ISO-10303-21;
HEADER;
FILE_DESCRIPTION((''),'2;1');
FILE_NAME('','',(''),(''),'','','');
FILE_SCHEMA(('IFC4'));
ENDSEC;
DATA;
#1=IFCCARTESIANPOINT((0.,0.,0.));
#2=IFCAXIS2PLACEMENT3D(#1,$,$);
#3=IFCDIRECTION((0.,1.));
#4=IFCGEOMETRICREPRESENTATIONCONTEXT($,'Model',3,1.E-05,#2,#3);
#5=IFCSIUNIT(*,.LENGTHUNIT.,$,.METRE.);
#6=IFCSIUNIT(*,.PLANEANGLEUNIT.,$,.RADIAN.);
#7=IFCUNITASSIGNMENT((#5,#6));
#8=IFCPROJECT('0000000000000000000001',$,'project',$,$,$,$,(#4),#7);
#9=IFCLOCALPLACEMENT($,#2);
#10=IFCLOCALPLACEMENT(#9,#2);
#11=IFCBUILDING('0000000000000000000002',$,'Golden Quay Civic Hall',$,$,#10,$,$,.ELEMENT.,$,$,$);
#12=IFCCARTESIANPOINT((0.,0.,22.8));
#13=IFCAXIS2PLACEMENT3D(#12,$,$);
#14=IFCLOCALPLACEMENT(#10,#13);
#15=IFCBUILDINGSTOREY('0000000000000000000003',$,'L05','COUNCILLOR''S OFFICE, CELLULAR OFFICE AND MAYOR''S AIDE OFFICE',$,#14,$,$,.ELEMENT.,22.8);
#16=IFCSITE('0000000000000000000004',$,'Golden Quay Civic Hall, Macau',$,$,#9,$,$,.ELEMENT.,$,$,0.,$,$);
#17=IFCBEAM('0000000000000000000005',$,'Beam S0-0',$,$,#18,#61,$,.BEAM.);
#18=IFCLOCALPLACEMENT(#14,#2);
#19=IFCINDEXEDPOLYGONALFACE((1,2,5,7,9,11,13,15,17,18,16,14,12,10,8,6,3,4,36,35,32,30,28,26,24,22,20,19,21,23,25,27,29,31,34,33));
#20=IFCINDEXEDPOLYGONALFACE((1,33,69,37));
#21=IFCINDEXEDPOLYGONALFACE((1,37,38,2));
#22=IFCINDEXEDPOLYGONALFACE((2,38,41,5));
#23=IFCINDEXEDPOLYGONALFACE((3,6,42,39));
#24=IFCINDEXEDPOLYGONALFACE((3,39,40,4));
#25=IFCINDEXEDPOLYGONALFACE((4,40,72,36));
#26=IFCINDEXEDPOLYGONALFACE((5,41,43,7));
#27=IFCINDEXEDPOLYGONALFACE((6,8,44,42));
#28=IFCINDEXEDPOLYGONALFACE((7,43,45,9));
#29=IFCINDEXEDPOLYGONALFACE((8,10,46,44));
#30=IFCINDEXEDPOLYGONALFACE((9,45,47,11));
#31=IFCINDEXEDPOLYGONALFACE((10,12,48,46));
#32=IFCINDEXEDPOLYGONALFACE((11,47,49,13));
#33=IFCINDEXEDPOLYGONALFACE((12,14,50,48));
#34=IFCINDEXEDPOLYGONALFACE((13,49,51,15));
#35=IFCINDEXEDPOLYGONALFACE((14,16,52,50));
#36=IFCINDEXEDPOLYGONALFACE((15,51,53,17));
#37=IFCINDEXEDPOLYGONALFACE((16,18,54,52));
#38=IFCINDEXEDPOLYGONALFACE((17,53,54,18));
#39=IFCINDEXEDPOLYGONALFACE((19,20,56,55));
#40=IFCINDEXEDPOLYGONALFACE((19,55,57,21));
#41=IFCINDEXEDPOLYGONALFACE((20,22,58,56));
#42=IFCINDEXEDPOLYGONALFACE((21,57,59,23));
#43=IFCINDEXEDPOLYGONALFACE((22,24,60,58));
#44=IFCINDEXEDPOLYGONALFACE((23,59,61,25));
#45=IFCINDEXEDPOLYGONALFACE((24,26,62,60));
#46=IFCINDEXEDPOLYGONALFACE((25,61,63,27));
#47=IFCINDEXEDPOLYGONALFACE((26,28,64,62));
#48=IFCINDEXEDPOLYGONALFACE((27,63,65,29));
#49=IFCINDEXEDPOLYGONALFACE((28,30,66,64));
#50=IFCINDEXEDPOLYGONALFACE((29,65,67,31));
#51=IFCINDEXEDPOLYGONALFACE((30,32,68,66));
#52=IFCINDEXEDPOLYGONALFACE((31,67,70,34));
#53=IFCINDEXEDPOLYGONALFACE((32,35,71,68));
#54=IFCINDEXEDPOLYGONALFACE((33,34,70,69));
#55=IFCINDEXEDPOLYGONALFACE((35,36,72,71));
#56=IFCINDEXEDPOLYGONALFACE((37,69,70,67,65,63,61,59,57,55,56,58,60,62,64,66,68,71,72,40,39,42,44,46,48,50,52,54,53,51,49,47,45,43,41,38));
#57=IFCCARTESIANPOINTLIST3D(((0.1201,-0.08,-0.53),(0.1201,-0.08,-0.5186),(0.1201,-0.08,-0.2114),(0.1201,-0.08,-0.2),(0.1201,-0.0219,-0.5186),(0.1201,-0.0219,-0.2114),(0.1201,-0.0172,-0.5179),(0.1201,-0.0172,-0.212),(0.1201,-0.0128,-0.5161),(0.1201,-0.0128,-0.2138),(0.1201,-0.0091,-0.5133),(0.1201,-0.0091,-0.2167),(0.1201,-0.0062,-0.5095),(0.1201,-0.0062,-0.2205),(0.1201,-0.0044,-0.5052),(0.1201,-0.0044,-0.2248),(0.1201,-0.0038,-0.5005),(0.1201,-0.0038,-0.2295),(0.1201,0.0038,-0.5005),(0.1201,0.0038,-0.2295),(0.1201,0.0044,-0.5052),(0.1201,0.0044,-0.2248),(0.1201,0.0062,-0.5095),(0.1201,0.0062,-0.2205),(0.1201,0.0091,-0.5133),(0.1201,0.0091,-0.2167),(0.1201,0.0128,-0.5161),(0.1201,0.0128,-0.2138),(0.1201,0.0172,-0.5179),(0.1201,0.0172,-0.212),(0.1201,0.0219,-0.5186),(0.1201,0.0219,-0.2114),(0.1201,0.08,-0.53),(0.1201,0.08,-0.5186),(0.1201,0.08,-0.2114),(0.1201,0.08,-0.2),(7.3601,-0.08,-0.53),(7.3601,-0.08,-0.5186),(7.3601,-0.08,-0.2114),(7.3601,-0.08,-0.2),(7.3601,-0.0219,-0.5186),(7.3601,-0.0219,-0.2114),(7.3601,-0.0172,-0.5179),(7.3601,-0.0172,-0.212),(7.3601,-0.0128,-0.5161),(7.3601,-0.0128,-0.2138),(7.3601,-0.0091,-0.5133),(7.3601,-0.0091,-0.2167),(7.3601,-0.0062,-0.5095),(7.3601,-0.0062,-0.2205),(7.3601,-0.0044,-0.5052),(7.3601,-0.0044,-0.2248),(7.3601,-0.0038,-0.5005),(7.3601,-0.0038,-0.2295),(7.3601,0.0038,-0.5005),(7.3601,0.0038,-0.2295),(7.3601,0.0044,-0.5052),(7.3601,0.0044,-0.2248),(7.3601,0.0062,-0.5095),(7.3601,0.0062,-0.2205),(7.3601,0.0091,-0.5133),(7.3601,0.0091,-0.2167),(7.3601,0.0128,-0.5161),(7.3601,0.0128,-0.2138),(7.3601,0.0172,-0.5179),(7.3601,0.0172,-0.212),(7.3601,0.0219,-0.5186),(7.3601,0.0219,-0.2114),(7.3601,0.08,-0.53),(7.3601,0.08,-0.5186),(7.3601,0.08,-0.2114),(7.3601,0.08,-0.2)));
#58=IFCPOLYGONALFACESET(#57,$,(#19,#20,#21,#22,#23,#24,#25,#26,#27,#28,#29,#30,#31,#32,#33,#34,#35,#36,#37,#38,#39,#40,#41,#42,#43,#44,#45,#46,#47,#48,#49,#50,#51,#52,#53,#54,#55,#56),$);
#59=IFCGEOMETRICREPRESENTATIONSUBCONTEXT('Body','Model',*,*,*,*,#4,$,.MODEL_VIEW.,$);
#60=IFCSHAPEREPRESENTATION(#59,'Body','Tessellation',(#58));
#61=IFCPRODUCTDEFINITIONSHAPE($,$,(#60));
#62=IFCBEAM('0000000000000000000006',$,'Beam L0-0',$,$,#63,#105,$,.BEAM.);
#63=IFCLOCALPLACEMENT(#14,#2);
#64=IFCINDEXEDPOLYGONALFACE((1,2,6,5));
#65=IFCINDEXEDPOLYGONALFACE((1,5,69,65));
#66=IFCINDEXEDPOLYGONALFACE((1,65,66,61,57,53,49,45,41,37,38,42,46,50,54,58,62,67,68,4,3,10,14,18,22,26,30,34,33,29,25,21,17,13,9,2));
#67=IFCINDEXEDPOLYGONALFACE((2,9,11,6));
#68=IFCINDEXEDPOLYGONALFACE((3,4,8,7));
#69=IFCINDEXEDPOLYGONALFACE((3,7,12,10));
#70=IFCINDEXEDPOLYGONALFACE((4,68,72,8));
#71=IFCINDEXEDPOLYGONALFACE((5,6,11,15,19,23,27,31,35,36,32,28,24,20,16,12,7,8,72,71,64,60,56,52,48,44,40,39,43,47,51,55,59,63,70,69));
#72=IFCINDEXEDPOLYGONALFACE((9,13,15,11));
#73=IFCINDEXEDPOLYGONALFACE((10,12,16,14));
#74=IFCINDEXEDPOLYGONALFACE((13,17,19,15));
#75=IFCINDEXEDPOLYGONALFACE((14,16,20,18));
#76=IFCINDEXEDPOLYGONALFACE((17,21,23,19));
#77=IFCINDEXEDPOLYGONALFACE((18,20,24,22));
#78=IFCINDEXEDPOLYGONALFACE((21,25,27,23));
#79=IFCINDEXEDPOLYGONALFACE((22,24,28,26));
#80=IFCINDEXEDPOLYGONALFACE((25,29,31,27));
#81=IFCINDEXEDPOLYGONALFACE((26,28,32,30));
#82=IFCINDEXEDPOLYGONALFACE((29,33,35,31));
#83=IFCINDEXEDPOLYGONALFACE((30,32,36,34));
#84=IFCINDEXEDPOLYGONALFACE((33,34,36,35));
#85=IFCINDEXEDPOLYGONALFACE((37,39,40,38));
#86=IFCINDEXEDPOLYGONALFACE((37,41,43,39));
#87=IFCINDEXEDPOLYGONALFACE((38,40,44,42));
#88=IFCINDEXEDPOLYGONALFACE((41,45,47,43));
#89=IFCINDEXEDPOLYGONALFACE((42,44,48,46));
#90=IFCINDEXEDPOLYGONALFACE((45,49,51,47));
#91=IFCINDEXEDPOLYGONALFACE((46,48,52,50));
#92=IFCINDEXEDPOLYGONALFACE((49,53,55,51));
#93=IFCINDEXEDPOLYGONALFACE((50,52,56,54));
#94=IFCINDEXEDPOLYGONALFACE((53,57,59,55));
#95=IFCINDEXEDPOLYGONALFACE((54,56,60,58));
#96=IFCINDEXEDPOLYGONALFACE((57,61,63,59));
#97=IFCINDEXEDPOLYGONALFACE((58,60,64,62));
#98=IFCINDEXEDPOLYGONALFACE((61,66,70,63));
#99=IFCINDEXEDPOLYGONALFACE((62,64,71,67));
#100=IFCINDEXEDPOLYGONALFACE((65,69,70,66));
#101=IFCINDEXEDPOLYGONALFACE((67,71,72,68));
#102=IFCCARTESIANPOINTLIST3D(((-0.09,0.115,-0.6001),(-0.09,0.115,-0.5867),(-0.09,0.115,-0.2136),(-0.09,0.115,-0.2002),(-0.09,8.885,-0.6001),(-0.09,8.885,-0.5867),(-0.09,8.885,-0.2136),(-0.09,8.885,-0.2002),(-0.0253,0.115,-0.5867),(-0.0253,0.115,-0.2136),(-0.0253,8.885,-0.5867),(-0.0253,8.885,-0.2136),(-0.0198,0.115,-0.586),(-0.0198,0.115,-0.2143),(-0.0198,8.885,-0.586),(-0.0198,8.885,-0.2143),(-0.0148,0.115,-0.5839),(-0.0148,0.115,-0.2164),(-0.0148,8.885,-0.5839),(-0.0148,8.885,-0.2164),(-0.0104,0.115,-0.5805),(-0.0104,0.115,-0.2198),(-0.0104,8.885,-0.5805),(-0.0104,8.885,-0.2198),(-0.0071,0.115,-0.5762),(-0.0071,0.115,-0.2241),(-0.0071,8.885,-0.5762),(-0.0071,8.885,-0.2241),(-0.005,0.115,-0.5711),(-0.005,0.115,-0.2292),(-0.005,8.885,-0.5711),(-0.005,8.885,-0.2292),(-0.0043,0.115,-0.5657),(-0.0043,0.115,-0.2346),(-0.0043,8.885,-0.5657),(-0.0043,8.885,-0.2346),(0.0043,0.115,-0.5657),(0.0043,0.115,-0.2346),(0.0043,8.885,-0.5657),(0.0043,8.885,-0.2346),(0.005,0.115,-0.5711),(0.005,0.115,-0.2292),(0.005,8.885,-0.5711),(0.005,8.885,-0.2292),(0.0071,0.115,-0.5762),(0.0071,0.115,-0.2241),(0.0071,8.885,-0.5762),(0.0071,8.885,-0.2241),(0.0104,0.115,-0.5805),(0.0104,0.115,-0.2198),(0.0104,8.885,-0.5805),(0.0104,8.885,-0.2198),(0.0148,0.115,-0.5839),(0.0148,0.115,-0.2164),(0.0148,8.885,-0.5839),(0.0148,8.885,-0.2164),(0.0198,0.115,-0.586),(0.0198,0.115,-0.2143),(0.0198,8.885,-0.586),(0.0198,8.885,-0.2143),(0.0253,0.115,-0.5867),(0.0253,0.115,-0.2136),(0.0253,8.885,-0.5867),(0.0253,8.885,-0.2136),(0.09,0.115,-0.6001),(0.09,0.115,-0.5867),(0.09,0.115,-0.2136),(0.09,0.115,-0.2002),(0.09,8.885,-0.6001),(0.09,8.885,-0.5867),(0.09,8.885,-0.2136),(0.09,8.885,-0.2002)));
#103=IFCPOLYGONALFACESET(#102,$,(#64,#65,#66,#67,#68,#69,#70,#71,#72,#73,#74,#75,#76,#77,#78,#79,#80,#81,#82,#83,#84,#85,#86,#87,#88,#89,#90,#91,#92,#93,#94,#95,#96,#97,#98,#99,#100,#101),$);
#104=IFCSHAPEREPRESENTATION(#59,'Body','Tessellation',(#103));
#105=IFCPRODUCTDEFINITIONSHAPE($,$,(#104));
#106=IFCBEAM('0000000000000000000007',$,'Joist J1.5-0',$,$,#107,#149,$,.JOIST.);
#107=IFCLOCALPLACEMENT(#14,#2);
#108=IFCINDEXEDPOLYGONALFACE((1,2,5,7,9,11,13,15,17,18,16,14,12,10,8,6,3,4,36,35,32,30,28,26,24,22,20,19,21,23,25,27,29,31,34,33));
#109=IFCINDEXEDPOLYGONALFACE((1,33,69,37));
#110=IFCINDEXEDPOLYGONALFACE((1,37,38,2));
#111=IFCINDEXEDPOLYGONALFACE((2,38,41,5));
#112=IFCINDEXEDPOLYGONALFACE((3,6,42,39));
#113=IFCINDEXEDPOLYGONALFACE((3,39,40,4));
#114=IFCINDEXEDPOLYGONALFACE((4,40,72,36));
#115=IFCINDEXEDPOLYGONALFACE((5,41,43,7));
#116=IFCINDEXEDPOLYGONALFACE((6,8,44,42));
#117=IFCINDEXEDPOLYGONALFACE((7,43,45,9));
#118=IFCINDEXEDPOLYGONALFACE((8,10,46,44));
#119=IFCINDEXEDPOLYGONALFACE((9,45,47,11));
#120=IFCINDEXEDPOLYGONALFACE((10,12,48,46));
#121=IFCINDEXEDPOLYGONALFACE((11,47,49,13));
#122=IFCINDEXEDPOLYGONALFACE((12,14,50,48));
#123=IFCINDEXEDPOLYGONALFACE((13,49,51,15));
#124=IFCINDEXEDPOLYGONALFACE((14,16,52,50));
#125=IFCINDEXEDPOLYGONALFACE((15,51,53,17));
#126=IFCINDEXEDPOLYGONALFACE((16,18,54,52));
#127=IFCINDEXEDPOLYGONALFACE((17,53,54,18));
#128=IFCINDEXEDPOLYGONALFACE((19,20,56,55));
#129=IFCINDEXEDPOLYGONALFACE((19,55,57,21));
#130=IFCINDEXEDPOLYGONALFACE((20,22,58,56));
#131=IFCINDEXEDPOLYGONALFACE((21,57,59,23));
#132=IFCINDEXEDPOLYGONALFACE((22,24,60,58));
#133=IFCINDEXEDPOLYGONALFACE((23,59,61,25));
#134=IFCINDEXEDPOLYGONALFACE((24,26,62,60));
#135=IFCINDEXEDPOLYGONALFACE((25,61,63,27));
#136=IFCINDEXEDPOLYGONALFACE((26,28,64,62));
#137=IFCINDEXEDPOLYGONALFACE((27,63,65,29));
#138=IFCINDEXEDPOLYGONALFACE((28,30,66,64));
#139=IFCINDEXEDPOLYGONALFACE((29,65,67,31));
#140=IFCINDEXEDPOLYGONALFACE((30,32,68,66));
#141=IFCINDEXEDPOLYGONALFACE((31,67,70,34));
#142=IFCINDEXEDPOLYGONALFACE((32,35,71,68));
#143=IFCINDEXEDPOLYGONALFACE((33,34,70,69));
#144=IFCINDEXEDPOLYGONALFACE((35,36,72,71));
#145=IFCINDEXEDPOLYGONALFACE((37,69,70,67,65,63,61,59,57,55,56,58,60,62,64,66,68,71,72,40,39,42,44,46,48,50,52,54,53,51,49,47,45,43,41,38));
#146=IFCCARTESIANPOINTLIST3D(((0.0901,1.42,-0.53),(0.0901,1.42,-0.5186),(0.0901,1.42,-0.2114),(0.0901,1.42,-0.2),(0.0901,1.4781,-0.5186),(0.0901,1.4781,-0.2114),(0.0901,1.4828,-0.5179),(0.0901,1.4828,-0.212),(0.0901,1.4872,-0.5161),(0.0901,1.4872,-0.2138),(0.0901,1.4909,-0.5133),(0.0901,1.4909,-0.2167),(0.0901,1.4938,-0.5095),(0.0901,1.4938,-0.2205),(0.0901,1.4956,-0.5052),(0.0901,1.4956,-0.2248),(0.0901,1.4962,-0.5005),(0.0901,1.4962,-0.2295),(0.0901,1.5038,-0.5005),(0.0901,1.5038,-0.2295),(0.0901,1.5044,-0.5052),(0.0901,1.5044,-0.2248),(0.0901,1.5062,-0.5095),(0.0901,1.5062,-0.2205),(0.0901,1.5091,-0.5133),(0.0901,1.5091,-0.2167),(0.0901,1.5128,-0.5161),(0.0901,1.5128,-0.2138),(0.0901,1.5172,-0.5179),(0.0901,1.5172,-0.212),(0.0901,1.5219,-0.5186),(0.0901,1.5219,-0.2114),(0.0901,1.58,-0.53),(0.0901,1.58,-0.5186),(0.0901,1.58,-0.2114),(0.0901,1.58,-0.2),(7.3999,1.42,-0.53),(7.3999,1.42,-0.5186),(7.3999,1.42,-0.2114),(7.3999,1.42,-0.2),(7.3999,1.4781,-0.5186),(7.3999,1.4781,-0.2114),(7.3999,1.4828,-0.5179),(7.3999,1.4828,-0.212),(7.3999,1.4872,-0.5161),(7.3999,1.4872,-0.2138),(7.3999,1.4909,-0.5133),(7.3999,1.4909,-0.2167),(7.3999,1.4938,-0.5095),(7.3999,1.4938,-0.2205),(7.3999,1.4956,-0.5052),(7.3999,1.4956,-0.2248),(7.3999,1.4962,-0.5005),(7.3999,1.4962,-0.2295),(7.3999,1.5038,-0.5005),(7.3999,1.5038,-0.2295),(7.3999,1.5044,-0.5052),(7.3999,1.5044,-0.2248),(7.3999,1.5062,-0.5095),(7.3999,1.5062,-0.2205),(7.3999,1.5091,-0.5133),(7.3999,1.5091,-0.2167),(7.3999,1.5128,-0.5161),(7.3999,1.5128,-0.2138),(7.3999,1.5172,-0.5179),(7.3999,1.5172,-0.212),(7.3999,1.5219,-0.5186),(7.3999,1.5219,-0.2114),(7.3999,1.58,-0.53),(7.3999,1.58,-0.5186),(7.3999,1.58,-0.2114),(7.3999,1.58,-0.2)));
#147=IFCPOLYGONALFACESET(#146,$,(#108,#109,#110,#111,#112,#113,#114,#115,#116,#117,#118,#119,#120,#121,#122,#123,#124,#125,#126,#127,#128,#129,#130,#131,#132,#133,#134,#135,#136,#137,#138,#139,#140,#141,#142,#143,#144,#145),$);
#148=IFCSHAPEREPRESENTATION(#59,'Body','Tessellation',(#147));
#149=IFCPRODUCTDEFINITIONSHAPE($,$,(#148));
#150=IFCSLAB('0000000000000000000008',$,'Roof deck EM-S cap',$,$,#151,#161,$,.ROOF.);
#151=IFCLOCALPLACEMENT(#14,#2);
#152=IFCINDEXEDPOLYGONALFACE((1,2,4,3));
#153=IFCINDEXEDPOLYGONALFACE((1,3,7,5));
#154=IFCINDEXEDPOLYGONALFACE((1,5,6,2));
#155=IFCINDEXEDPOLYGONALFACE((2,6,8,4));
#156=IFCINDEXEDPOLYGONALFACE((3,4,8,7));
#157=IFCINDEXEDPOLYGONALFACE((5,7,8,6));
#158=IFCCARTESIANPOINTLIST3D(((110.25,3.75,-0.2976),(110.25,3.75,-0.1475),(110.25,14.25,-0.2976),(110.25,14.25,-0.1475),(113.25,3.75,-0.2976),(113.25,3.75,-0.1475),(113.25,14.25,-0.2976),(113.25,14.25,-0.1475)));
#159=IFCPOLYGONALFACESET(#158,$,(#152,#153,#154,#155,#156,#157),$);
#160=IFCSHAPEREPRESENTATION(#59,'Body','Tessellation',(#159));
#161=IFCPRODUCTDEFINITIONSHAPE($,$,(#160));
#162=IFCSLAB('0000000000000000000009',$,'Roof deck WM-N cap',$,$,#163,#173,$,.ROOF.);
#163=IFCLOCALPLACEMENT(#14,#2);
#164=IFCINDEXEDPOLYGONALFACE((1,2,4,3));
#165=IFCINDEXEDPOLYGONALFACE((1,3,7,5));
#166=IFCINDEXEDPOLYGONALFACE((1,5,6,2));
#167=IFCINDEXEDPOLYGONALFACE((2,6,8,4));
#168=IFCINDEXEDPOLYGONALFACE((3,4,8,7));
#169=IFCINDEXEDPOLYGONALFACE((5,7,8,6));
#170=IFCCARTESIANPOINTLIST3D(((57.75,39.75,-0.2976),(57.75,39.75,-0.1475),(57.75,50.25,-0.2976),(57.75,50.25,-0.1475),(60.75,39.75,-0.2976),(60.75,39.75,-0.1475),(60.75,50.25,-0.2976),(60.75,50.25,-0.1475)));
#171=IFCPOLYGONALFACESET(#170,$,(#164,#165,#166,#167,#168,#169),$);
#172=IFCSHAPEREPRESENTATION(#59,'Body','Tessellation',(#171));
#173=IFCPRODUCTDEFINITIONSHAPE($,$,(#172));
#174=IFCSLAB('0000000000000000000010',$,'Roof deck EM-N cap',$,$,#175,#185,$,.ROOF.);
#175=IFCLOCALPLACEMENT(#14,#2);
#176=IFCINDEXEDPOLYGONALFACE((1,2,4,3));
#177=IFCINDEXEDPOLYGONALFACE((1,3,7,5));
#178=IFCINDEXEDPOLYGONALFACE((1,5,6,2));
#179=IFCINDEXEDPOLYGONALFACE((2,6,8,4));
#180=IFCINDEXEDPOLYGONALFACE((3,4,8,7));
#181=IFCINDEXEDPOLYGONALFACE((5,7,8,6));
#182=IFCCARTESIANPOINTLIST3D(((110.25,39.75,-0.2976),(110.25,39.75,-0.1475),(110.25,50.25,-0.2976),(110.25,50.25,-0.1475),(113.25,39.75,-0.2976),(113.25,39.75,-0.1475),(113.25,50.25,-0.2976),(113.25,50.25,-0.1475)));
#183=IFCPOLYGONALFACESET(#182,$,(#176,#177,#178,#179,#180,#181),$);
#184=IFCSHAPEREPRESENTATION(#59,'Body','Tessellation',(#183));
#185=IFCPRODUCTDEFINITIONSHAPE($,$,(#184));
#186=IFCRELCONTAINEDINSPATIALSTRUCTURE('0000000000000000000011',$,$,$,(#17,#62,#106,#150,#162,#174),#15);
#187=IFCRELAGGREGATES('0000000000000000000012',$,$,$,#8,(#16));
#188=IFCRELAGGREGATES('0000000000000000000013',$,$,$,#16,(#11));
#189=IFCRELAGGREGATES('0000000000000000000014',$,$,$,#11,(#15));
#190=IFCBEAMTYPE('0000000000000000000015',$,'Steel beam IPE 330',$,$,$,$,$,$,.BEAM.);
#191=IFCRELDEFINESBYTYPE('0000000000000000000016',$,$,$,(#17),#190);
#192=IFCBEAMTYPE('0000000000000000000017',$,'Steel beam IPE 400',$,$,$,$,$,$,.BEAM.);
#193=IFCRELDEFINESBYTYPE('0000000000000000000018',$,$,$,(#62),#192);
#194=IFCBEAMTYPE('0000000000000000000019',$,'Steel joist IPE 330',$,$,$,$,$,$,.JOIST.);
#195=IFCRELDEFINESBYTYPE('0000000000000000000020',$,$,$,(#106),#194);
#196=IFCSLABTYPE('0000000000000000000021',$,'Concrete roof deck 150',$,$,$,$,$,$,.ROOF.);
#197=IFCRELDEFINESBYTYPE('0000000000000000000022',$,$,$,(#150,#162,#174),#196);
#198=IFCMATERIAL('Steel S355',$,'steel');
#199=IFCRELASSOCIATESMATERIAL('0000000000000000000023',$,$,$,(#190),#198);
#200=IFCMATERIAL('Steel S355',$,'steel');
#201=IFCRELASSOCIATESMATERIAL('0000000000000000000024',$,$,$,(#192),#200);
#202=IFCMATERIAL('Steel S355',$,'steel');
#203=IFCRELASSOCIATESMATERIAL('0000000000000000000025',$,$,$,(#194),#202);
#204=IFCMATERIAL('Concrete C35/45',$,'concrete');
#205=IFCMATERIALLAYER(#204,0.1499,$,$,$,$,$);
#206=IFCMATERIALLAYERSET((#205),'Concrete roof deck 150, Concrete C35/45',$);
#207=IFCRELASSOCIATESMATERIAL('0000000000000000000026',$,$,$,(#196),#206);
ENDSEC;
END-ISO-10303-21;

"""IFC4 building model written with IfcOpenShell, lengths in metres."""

from ifc_helpers import new_model, si_unit, direction, frame, origin, origin_2d, place, context, subcontext, project, spatial, polyline, i_section, outline, extrude, material, layer, layer_set, material_profile, profile_set, type_object, element, save


model = new_model("IFC4")

# Units and contexts
model_context = context("Model", 3, precision=1e-05, world=origin(), true_north=direction((0.0, 1.0)))
body_context = subcontext(model_context, "Body", "Model", "MODEL_VIEW")
ifc_project = project(units=[si_unit("LENGTHUNIT", "METRE"), si_unit("PLANEANGLEUNIT", "RADIAN")], contexts=[model_context])

# Site, building, storey
site_placement = place(None, origin())
site = spatial("IfcSite", under=ifc_project, at=site_placement, Name="Golden Quay Civic Hall, Macau", CompositionType="ELEMENT", RefElevation=0.0)
building_placement = place(site_placement, origin())
building = spatial("IfcBuilding", under=site, at=building_placement, Name="Golden Quay Civic Hall", CompositionType="ELEMENT")
storey_placement = place(building_placement, frame((0.0, 0.0, 22.8)))
storey = spatial("IfcBuildingStorey", under=building, at=storey_placement, Name="L05", Description="COUNCILLOR'S OFFICE, CELLULAR OFFICE AND MAYOR'S AIDE OFFICE", CompositionType="ELEMENT", Elevation=22.8)

# Beams
ifc_material_1 = material(Name="Steel S355", Category="steel")
ifc_material_profile_1 = material_profile(ifc_material_1, i_section(OverallWidth=0.1599, OverallDepth=0.3301, WebThickness=0.0076, FlangeThickness=0.0115, FilletRadius=0.0181, at=origin_2d()), Name="IPE 330")
ifc_profile_set_1 = profile_set([ifc_material_profile_1], Name="Steel S355")
beam_type_1 = type_object("IfcBeamType", Name="Steel beam IPE 330", PredefinedType="BEAM", material=ifc_profile_set_1)
beam_1_placement = place(storey_placement, frame((0.1201, 0.0, -0.365), z_axis=(1.0, 0.0, 0.0), x_axis=(0.0, 1.0, 0.0)))
element("IfcBeam", 1, at=beam_1_placement, inside=storey, type_object=beam_type_1, Name="Beam S0-0", PredefinedType="BEAM", context=body_context, shape_type="SweptSolid", body=[
    extrude(i_section(OverallWidth=0.1599, OverallDepth=0.3301, WebThickness=0.0076, FlangeThickness=0.0115, FilletRadius=0.0181, at=origin_2d()), origin(), (0.0, 0.0, 1.0), 7.24),
])
ifc_material_2 = material(Name="Steel S355", Category="steel")
ifc_material_profile_2 = material_profile(ifc_material_2, i_section(OverallWidth=0.1799, OverallDepth=0.3999, WebThickness=0.0085, FlangeThickness=0.0134, FilletRadius=0.021, at=origin_2d()), Name="IPE 400")
ifc_profile_set_2 = profile_set([ifc_material_profile_2], Name="Steel S355")
beam_type_2 = type_object("IfcBeamType", Name="Steel beam IPE 400", PredefinedType="BEAM", material=ifc_profile_set_2)
beam_2_placement = place(storey_placement, frame((0.0, 0.115, -0.4001), z_axis=(0.0, 1.0, 0.0), x_axis=(-1.0, 0.0, 0.0)))
element("IfcBeam", 2, at=beam_2_placement, inside=storey, type_object=beam_type_2, Name="Beam L0-0", PredefinedType="BEAM", context=body_context, shape_type="SweptSolid", body=[
    extrude(i_section(OverallWidth=0.1799, OverallDepth=0.3999, WebThickness=0.0085, FlangeThickness=0.0134, FilletRadius=0.021, at=origin_2d()), origin(), (0.0, 0.0, 1.0), 8.77),
])
ifc_material_3 = material(Name="Steel S355", Category="steel")
ifc_material_profile_3 = material_profile(ifc_material_3, i_section(OverallWidth=0.1599, OverallDepth=0.3301, WebThickness=0.0076, FlangeThickness=0.0115, FilletRadius=0.0181, at=origin_2d()), Name="IPE 330")
ifc_profile_set_3 = profile_set([ifc_material_profile_3], Name="Steel S355")
beam_type_3 = type_object("IfcBeamType", Name="Steel joist IPE 330", PredefinedType="JOIST", material=ifc_profile_set_3)
beam_3_placement = place(storey_placement, frame((0.0901, 1.5, -0.365), z_axis=(1.0, 0.0, 0.0), x_axis=(0.0, 1.0, 0.0)))
element("IfcBeam", 3, at=beam_3_placement, inside=storey, type_object=beam_type_3, Name="Joist J1.5-0", PredefinedType="JOIST", context=body_context, shape_type="SweptSolid", body=[
    extrude(i_section(OverallWidth=0.1599, OverallDepth=0.3301, WebThickness=0.0076, FlangeThickness=0.0115, FilletRadius=0.0181, at=origin_2d()), origin(), (0.0, 0.0, 1.0), 7.3098),
])

# Slabs
ifc_material_4 = material(Name="Concrete C35/45", Category="concrete")
ifc_layer_1 = layer(ifc_material_4, 0.1499)
ifc_layer_set_1 = layer_set([ifc_layer_1], Name="Concrete roof deck 150, Concrete C35/45")
slab_type = type_object("IfcSlabType", Name="Concrete roof deck 150", PredefinedType="ROOF", material=ifc_layer_set_1)
slab_1_placement = place(storey_placement, frame((0.0, 0.0, -0.2976)))
element("IfcSlab", 4, at=slab_1_placement, inside=storey, type_object=slab_type, Name="Roof deck EM-S cap", PredefinedType="ROOF", context=body_context, shape_type="SweptSolid", body=[
    extrude(outline(polyline([(110.25, 3.75), (113.25, 3.75), (113.25, 14.25), (110.25, 14.25), (110.25, 3.75)])), origin(), (0.0, 0.0, 1.0), 0.1501),
])
slab_2_placement = place(storey_placement, frame((0.0, 0.0, -0.2976)))
element("IfcSlab", 5, at=slab_2_placement, inside=storey, type_object=slab_type, Name="Roof deck WM-N cap", PredefinedType="ROOF", context=body_context, shape_type="SweptSolid", body=[
    extrude(outline(polyline([(57.75, 39.75), (60.75, 39.75), (60.75, 50.25), (57.75, 50.25), (57.75, 39.75)])), origin(), (0.0, 0.0, 1.0), 0.1501),
])
slab_3_placement = place(storey_placement, frame((0.0, 0.0, -0.2976)))
element("IfcSlab", 6, at=slab_3_placement, inside=storey, type_object=slab_type, Name="Roof deck EM-N cap", PredefinedType="ROOF", context=body_context, shape_type="SweptSolid", body=[
    extrude(outline(polyline([(110.25, 39.75), (113.25, 39.75), (113.25, 50.25), (110.25, 50.25), (110.25, 39.75)])), origin(), (0.0, 0.0, 1.0), 0.1501),
])

save(model, "model.ifc")
